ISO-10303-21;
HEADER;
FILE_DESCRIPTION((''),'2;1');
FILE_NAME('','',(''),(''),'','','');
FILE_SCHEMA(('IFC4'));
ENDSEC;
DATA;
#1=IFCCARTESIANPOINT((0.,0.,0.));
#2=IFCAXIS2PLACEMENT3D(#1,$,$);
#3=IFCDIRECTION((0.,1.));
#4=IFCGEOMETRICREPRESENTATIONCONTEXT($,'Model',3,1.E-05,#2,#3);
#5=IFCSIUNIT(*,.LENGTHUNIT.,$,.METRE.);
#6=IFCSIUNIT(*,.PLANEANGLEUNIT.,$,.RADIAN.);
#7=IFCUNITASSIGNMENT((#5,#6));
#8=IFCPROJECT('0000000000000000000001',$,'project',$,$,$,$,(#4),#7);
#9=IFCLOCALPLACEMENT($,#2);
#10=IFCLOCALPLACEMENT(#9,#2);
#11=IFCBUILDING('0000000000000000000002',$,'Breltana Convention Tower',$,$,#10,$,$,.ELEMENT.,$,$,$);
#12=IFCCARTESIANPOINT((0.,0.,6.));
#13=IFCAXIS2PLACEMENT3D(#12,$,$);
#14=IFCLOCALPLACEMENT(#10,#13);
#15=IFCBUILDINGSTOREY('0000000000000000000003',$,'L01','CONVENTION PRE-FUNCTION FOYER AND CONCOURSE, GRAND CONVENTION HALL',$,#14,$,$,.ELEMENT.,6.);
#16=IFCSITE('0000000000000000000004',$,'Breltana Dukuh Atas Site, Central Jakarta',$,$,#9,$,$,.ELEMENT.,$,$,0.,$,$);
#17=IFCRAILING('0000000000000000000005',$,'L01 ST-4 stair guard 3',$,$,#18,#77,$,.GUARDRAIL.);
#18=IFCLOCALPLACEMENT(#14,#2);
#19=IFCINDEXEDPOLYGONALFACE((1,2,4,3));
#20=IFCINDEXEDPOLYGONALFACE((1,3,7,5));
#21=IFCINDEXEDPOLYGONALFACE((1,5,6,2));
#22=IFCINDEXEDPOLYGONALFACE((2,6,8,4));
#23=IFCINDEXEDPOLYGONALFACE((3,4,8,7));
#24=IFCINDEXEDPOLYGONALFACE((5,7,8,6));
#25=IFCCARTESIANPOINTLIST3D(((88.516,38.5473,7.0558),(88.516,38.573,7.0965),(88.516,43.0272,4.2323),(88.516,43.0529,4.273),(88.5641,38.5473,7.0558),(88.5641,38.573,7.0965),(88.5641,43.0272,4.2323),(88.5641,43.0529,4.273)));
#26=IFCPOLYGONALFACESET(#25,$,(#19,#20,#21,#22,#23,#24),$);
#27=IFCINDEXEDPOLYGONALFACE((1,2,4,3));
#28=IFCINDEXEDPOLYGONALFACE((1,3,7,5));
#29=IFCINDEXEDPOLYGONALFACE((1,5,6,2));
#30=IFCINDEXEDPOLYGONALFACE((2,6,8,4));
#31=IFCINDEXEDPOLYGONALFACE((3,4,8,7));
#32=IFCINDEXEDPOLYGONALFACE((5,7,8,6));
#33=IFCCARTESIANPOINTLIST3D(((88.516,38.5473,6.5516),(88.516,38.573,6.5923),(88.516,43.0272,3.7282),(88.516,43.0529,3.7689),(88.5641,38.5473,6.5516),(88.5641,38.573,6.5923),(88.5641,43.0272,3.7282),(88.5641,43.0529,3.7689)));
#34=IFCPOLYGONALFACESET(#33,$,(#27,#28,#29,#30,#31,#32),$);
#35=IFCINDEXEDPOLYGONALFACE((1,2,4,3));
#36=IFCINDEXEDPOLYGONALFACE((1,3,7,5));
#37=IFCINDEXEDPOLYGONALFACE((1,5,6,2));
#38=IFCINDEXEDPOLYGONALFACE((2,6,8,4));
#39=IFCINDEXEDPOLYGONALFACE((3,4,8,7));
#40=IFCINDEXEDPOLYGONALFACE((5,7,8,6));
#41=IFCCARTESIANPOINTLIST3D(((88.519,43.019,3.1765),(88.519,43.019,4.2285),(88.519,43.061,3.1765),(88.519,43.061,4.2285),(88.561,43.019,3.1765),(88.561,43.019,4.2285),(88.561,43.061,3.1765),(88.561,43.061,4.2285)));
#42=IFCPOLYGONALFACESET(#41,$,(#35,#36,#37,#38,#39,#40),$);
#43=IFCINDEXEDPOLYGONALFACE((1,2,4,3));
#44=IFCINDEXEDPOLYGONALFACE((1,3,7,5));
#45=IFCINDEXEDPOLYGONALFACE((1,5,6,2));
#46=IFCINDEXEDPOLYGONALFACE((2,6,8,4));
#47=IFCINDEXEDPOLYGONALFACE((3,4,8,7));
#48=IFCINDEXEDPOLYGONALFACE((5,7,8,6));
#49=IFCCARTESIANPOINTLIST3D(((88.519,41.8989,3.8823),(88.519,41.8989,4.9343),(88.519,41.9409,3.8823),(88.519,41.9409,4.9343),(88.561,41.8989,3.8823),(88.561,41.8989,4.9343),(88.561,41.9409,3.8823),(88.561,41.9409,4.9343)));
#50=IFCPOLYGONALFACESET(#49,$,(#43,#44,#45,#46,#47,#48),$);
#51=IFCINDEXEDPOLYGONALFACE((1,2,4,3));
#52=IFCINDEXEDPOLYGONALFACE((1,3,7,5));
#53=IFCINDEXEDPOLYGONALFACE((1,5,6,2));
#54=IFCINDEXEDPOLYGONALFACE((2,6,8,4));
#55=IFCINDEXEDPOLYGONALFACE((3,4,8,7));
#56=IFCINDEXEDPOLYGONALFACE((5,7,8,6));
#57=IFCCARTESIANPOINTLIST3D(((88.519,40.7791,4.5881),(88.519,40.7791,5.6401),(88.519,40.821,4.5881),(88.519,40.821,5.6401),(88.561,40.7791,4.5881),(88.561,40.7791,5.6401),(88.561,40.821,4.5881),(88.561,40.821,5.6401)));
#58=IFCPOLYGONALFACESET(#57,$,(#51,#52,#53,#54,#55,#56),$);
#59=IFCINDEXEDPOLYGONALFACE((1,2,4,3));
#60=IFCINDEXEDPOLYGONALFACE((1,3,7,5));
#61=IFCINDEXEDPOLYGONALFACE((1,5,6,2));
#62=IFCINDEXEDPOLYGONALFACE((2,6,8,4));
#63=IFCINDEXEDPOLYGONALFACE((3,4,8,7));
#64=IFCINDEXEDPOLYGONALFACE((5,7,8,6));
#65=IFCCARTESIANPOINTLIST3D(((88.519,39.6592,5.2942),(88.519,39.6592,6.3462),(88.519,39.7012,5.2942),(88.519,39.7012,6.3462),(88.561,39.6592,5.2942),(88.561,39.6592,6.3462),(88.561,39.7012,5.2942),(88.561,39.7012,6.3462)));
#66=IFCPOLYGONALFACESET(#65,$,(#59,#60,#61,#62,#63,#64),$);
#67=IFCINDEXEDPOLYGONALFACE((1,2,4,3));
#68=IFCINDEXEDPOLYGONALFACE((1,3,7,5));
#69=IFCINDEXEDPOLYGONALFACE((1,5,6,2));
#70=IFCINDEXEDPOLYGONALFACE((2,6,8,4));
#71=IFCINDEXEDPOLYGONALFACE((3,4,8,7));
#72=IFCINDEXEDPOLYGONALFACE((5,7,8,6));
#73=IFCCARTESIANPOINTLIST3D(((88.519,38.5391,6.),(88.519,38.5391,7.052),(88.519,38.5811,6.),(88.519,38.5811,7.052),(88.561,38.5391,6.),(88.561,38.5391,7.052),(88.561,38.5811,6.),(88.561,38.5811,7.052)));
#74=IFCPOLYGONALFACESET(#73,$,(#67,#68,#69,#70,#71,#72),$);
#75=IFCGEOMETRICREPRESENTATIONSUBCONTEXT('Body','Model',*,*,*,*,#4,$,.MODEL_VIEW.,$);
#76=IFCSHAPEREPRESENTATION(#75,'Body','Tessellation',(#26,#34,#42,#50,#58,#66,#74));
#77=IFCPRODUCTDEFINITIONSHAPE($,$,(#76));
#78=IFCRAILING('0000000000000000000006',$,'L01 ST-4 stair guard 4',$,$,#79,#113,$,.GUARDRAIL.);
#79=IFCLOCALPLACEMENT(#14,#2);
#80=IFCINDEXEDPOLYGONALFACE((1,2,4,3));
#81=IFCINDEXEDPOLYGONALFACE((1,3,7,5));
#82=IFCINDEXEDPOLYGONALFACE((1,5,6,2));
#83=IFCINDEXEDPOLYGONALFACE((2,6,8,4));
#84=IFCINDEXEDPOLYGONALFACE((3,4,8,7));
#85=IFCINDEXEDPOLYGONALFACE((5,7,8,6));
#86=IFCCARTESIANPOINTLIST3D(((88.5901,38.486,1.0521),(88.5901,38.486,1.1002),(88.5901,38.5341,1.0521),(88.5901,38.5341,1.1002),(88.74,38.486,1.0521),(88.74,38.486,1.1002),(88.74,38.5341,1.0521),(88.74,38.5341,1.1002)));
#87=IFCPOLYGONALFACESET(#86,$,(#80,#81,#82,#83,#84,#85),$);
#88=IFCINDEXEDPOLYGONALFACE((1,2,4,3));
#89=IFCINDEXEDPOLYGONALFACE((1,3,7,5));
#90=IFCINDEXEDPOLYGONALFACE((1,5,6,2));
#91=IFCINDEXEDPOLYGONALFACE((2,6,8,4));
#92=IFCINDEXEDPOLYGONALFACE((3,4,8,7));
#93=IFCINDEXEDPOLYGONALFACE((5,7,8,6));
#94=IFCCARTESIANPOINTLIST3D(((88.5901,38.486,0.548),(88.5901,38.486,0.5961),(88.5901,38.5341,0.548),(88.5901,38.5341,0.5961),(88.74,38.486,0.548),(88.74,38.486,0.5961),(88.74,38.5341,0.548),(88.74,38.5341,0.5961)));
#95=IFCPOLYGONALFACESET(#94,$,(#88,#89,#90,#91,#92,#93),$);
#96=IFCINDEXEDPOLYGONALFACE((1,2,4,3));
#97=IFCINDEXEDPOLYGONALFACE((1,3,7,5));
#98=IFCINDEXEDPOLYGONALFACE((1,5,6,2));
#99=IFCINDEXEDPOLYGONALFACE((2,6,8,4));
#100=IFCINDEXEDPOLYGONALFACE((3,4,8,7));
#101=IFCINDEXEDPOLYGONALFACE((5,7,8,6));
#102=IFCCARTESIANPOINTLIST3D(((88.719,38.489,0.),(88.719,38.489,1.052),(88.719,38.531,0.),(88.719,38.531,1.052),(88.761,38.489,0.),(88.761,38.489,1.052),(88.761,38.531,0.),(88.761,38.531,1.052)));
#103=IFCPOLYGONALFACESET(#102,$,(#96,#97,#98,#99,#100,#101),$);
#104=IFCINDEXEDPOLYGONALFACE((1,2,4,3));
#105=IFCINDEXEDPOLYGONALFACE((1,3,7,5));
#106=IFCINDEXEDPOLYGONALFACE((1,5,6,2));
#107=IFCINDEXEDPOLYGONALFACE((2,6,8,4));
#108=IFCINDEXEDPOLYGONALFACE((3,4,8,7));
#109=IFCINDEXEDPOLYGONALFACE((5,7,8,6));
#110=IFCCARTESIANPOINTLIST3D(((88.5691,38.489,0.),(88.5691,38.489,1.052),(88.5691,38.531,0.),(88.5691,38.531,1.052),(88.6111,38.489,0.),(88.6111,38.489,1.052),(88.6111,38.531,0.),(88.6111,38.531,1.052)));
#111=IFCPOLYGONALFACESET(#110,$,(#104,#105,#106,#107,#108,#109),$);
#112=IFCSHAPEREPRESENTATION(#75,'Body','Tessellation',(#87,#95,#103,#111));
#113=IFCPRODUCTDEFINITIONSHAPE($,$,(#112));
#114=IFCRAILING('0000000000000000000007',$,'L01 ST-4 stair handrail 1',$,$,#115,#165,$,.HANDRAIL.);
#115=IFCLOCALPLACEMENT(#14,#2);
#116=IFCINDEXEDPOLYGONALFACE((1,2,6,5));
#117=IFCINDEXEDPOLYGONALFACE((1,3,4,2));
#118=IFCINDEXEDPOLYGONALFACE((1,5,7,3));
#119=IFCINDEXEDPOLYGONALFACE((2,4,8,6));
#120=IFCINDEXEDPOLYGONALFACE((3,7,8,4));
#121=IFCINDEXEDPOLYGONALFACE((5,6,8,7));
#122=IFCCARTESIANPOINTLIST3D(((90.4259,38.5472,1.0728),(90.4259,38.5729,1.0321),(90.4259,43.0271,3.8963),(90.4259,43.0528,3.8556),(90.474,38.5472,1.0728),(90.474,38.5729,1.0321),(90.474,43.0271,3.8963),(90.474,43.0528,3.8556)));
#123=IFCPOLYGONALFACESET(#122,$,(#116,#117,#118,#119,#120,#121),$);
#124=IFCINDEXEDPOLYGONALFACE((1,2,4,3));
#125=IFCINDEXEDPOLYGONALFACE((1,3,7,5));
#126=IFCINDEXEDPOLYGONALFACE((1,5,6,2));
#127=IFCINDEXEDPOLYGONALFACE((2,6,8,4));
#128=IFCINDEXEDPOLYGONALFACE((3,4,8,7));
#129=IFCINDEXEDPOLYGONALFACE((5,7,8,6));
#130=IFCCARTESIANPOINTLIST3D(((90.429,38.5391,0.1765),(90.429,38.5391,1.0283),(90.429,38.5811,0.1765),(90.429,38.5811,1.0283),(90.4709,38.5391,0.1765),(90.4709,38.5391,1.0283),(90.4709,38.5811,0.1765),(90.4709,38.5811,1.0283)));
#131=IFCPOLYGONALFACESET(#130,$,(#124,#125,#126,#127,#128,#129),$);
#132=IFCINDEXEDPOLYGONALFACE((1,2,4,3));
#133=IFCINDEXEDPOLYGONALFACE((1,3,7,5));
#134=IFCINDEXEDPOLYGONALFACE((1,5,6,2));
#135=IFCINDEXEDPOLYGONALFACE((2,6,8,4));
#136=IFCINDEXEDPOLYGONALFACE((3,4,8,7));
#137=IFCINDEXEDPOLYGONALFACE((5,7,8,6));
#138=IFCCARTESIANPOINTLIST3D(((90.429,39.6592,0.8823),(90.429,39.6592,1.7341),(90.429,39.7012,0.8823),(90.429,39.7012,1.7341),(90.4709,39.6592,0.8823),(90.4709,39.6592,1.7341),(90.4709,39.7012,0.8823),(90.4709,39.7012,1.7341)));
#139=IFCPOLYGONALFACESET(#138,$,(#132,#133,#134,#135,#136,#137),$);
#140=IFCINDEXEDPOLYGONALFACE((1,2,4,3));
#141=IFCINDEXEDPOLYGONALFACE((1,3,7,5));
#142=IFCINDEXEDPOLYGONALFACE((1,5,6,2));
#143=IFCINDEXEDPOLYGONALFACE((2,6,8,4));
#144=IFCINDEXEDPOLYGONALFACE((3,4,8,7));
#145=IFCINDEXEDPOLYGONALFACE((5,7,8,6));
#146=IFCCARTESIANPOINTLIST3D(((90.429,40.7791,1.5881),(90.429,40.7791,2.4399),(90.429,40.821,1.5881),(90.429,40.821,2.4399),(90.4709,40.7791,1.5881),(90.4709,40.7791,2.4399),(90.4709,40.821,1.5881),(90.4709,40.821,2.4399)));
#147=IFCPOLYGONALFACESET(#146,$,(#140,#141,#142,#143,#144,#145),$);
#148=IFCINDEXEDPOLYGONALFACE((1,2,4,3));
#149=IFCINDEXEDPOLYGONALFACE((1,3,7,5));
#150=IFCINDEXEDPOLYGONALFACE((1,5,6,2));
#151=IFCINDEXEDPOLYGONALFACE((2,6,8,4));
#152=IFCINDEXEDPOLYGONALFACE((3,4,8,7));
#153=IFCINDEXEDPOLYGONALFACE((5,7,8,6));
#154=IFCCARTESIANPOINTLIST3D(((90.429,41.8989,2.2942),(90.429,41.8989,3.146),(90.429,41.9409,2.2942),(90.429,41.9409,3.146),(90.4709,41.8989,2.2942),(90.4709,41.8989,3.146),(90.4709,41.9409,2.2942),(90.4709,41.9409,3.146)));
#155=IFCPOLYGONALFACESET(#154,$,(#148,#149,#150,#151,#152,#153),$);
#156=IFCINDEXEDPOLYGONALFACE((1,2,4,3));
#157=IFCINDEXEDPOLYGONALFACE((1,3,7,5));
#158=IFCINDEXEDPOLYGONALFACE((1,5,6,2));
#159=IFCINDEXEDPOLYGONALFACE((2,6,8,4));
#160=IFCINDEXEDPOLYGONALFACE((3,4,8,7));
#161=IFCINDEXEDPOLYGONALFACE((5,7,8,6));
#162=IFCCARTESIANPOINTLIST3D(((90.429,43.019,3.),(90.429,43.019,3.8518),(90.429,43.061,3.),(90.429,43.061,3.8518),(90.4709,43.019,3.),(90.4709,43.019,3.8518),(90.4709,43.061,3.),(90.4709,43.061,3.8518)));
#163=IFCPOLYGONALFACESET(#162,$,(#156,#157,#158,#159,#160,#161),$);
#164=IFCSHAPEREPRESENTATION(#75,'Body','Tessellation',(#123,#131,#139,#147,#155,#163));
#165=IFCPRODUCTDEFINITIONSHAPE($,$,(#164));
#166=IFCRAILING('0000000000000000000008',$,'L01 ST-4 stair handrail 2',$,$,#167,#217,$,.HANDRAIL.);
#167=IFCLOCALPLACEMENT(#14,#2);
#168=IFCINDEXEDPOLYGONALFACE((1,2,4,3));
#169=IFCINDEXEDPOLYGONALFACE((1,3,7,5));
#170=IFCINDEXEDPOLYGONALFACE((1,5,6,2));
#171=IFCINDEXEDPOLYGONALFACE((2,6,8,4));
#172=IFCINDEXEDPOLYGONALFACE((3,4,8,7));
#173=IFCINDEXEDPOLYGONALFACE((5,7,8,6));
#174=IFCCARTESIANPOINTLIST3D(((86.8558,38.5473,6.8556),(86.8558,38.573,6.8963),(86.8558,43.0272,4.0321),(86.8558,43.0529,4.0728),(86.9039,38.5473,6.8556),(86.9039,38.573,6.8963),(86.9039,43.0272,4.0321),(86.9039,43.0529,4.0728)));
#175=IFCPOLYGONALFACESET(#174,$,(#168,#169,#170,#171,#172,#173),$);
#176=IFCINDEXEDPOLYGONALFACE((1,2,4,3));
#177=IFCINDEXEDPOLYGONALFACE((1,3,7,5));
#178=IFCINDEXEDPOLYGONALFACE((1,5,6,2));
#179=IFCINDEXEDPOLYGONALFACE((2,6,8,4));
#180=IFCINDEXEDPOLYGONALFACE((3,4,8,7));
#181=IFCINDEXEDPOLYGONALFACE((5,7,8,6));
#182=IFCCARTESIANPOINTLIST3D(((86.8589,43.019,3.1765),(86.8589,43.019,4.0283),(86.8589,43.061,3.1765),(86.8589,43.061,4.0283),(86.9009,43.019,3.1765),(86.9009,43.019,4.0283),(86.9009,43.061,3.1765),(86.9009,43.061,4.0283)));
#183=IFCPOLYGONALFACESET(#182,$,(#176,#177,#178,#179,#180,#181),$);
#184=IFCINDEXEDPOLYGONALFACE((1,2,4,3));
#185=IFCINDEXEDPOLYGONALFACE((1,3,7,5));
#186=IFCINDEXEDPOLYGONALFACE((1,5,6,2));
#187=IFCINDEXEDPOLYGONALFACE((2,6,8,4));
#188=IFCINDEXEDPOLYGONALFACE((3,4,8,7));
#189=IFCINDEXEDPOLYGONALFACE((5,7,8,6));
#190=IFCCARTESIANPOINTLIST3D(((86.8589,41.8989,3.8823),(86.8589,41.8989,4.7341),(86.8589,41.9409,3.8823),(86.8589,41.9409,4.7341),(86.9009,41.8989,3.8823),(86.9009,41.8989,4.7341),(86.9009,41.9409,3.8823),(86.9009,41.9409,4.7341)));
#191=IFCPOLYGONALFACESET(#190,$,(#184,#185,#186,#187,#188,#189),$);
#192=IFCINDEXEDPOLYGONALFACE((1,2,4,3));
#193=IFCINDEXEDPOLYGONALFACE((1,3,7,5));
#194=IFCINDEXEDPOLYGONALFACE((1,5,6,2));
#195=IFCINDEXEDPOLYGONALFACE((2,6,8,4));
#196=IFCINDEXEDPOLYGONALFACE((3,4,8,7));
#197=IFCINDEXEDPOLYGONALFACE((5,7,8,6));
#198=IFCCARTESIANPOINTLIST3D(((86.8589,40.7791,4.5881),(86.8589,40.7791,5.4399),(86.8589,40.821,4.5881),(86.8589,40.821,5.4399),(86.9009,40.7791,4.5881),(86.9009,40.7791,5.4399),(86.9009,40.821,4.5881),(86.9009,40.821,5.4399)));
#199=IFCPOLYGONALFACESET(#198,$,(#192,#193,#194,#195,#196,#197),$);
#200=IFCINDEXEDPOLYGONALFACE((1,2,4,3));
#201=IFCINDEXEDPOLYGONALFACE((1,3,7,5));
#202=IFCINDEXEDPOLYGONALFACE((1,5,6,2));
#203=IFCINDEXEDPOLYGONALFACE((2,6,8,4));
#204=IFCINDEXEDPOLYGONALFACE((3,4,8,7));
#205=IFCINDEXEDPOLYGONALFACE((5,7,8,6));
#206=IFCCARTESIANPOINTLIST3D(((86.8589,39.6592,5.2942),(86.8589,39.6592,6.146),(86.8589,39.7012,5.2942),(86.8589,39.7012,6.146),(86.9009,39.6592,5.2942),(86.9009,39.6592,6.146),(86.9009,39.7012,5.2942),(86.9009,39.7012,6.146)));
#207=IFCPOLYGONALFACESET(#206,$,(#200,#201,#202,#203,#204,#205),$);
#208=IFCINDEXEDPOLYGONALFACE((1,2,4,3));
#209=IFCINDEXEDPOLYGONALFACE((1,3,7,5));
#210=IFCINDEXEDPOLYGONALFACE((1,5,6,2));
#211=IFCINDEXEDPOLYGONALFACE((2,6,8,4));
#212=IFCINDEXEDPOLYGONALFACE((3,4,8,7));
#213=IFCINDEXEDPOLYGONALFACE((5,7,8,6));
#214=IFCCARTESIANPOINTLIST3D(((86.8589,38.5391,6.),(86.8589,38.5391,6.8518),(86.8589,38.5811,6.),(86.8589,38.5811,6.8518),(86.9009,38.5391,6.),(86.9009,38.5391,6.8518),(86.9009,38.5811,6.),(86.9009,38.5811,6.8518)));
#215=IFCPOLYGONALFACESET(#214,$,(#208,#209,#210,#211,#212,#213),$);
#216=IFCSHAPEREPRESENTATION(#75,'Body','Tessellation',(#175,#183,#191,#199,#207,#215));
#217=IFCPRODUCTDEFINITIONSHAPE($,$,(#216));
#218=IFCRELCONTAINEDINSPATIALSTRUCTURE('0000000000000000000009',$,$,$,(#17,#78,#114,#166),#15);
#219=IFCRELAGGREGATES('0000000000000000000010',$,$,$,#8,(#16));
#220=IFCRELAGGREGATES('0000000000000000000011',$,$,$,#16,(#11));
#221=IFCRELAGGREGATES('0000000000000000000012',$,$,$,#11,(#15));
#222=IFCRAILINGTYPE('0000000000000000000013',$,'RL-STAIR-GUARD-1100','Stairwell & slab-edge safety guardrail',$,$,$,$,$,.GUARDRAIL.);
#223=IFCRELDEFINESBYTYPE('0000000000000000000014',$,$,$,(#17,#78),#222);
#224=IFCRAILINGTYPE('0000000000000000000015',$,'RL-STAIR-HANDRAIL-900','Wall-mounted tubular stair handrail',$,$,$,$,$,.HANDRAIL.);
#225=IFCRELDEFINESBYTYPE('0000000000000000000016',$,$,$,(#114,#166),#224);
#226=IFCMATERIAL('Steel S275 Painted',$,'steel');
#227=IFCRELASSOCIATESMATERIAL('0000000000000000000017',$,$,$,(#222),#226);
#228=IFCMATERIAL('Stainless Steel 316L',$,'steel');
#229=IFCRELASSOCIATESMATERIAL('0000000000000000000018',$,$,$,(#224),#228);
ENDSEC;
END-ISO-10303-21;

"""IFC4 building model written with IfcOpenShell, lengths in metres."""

from ifc_helpers import new_model, si_unit, direction, frame, origin, origin_2d, place, context, subcontext, project, spatial, rectangle, extrude, material, type_object, element, save


model = new_model("IFC4")

# Units and contexts
model_context = context("Model", 3, precision=1e-05, world=origin(), true_north=direction((0.0, 1.0)))
body_context = subcontext(model_context, "Body", "Model", "MODEL_VIEW")
ifc_project = project(units=[si_unit("LENGTHUNIT", "METRE"), si_unit("PLANEANGLEUNIT", "RADIAN")], contexts=[model_context])

# Site, building, storey
site_placement = place(None, origin())
site = spatial("IfcSite", under=ifc_project, at=site_placement, Name="Breltana Dukuh Atas Site, Central Jakarta", CompositionType="ELEMENT", RefElevation=0.0)
building_placement = place(site_placement, origin())
building = spatial("IfcBuilding", under=site, at=building_placement, Name="Breltana Convention Tower", CompositionType="ELEMENT")
storey_placement = place(building_placement, frame((0.0, 0.0, 6.0)))
storey = spatial("IfcBuildingStorey", under=building, at=storey_placement, Name="L01", Description="CONVENTION PRE-FUNCTION FOYER AND CONCOURSE, GRAND CONVENTION HALL", CompositionType="ELEMENT", Elevation=6.0)

# Railings
ifc_material_1 = material(Name="Steel S275 Painted", Category="steel")
railing_type_1 = type_object("IfcRailingType", Name="RL-STAIR-GUARD-1100", Description="Stairwell & slab-edge safety guardrail", PredefinedType="GUARDRAIL", material=ifc_material_1)
railing_1_placement = place(storey_placement, frame((88.54, 43.04, 3.1765)))
element("IfcRailing", 1, at=railing_1_placement, inside=storey, type_object=railing_type_1, Name="L01 ST-4 stair guard 3", PredefinedType="GUARDRAIL", context=body_context, shape_type="SweptSolid", body=[
    extrude(rectangle(XDim=0.0481, YDim=0.0481, at=origin_2d()), frame((0.0, 0.0, 1.0762), z_axis=(0.0, -0.845998, 0.533186), x_axis=(1.0, 0.0, 0.0)), (0.0, 0.0, 1.0), 5.2954),
    extrude(rectangle(XDim=0.0481, YDim=0.0481, at=origin_2d()), frame((0.0, 0.0, 0.572), z_axis=(0.0, -0.845998, 0.533186), x_axis=(1.0, 0.0, 0.0)), (0.0, 0.0, 1.0), 5.2954),
    extrude(rectangle(XDim=0.042, YDim=0.042, at=origin_2d()), origin(), (0.0, 0.0, 1.0), 1.052),
    extrude(rectangle(XDim=0.042, YDim=0.042, at=origin_2d()), frame((0.0, -1.1201, 0.7058)), (0.0, 0.0, 1.0), 1.052),
    extrude(rectangle(XDim=0.042, YDim=0.042, at=origin_2d()), frame((0.0, -2.24, 1.4116)), (0.0, 0.0, 1.0), 1.052),
    extrude(rectangle(XDim=0.042, YDim=0.042, at=origin_2d()), frame((0.0, -3.3599, 2.1177)), (0.0, 0.0, 1.0), 1.052),
    extrude(rectangle(XDim=0.042, YDim=0.042, at=origin_2d()), frame((0.0, -4.48, 2.8235)), (0.0, 0.0, 1.0), 1.052),
])
railing_2_placement = place(storey_placement, frame((88.74, 38.51, 0.0)))
element("IfcRailing", 2, at=railing_2_placement, inside=storey, type_object=railing_type_1, Name="L01 ST-4 stair guard 4", PredefinedType="GUARDRAIL", context=body_context, shape_type="SweptSolid", body=[
    extrude(rectangle(XDim=0.0481, YDim=0.0481, at=origin_2d()), frame((0.0, 0.0, 1.0762), z_axis=(-1.0, 0.0, 0.0), x_axis=(0.0, -1.0, 0.0)), (0.0, 0.0, 1.0), 0.1499),
    extrude(rectangle(XDim=0.0481, YDim=0.0481, at=origin_2d()), frame((0.0, 0.0, 0.572), z_axis=(-1.0, 0.0, 0.0), x_axis=(0.0, -1.0, 0.0)), (0.0, 0.0, 1.0), 0.1499),
    extrude(rectangle(XDim=0.042, YDim=0.042, at=origin_2d()), origin(), (0.0, 0.0, 1.0), 1.052),
    extrude(rectangle(XDim=0.042, YDim=0.042, at=origin_2d()), frame((-0.1499, 0.0, 0.0)), (0.0, 0.0, 1.0), 1.052),
])
ifc_material_2 = material(Name="Stainless Steel 316L", Category="steel")
railing_type_2 = type_object("IfcRailingType", Name="RL-STAIR-HANDRAIL-900", Description="Wall-mounted tubular stair handrail", PredefinedType="HANDRAIL", material=ifc_material_2)
railing_3_placement = place(storey_placement, frame((90.45, 38.5601, 0.1765)))
element("IfcRailing", 3, at=railing_3_placement, inside=storey, type_object=railing_type_2, Name="L01 ST-4 stair handrail 1", PredefinedType="HANDRAIL", context=body_context, shape_type="SweptSolid", body=[
    extrude(rectangle(XDim=0.0481, YDim=0.0481, at=origin_2d()), frame((0.0, 0.0, 0.876), z_axis=(0.0, 0.845998, 0.533186), x_axis=(-1.0, 0.0, 0.0)), (0.0, 0.0, 1.0), 5.2954),
    extrude(rectangle(XDim=0.042, YDim=0.042, at=origin_2d()), origin(), (0.0, 0.0, 1.0), 0.8518),
    extrude(rectangle(XDim=0.042, YDim=0.042, at=origin_2d()), frame((0.0, 1.1201, 0.7058)), (0.0, 0.0, 1.0), 0.8518),
    extrude(rectangle(XDim=0.042, YDim=0.042, at=origin_2d()), frame((0.0, 2.24, 1.4116)), (0.0, 0.0, 1.0), 0.8518),
    extrude(rectangle(XDim=0.042, YDim=0.042, at=origin_2d()), frame((0.0, 3.3599, 2.1177)), (0.0, 0.0, 1.0), 0.8518),
    extrude(rectangle(XDim=0.042, YDim=0.042, at=origin_2d()), frame((0.0, 4.48, 2.8235)), (0.0, 0.0, 1.0), 0.8518),
])
railing_4_placement = place(storey_placement, frame((86.8799, 43.04, 3.1765)))
element("IfcRailing", 4, at=railing_4_placement, inside=storey, type_object=railing_type_2, Name="L01 ST-4 stair handrail 2", PredefinedType="HANDRAIL", context=body_context, shape_type="SweptSolid", body=[
    extrude(rectangle(XDim=0.0481, YDim=0.0481, at=origin_2d()), frame((0.0, 0.0, 0.876), z_axis=(0.0, -0.845998, 0.533186), x_axis=(1.0, 0.0, 0.0)), (0.0, 0.0, 1.0), 5.2954),
    extrude(rectangle(XDim=0.042, YDim=0.042, at=origin_2d()), origin(), (0.0, 0.0, 1.0), 0.8518),
    extrude(rectangle(XDim=0.042, YDim=0.042, at=origin_2d()), frame((0.0, -1.1201, 0.7058)), (0.0, 0.0, 1.0), 0.8518),
    extrude(rectangle(XDim=0.042, YDim=0.042, at=origin_2d()), frame((0.0, -2.24, 1.4116)), (0.0, 0.0, 1.0), 0.8518),
    extrude(rectangle(XDim=0.042, YDim=0.042, at=origin_2d()), frame((0.0, -3.3599, 2.1177)), (0.0, 0.0, 1.0), 0.8518),
    extrude(rectangle(XDim=0.042, YDim=0.042, at=origin_2d()), frame((0.0, -4.48, 2.8235)), (0.0, 0.0, 1.0), 0.8518),
])

save(model, "model.ifc")
